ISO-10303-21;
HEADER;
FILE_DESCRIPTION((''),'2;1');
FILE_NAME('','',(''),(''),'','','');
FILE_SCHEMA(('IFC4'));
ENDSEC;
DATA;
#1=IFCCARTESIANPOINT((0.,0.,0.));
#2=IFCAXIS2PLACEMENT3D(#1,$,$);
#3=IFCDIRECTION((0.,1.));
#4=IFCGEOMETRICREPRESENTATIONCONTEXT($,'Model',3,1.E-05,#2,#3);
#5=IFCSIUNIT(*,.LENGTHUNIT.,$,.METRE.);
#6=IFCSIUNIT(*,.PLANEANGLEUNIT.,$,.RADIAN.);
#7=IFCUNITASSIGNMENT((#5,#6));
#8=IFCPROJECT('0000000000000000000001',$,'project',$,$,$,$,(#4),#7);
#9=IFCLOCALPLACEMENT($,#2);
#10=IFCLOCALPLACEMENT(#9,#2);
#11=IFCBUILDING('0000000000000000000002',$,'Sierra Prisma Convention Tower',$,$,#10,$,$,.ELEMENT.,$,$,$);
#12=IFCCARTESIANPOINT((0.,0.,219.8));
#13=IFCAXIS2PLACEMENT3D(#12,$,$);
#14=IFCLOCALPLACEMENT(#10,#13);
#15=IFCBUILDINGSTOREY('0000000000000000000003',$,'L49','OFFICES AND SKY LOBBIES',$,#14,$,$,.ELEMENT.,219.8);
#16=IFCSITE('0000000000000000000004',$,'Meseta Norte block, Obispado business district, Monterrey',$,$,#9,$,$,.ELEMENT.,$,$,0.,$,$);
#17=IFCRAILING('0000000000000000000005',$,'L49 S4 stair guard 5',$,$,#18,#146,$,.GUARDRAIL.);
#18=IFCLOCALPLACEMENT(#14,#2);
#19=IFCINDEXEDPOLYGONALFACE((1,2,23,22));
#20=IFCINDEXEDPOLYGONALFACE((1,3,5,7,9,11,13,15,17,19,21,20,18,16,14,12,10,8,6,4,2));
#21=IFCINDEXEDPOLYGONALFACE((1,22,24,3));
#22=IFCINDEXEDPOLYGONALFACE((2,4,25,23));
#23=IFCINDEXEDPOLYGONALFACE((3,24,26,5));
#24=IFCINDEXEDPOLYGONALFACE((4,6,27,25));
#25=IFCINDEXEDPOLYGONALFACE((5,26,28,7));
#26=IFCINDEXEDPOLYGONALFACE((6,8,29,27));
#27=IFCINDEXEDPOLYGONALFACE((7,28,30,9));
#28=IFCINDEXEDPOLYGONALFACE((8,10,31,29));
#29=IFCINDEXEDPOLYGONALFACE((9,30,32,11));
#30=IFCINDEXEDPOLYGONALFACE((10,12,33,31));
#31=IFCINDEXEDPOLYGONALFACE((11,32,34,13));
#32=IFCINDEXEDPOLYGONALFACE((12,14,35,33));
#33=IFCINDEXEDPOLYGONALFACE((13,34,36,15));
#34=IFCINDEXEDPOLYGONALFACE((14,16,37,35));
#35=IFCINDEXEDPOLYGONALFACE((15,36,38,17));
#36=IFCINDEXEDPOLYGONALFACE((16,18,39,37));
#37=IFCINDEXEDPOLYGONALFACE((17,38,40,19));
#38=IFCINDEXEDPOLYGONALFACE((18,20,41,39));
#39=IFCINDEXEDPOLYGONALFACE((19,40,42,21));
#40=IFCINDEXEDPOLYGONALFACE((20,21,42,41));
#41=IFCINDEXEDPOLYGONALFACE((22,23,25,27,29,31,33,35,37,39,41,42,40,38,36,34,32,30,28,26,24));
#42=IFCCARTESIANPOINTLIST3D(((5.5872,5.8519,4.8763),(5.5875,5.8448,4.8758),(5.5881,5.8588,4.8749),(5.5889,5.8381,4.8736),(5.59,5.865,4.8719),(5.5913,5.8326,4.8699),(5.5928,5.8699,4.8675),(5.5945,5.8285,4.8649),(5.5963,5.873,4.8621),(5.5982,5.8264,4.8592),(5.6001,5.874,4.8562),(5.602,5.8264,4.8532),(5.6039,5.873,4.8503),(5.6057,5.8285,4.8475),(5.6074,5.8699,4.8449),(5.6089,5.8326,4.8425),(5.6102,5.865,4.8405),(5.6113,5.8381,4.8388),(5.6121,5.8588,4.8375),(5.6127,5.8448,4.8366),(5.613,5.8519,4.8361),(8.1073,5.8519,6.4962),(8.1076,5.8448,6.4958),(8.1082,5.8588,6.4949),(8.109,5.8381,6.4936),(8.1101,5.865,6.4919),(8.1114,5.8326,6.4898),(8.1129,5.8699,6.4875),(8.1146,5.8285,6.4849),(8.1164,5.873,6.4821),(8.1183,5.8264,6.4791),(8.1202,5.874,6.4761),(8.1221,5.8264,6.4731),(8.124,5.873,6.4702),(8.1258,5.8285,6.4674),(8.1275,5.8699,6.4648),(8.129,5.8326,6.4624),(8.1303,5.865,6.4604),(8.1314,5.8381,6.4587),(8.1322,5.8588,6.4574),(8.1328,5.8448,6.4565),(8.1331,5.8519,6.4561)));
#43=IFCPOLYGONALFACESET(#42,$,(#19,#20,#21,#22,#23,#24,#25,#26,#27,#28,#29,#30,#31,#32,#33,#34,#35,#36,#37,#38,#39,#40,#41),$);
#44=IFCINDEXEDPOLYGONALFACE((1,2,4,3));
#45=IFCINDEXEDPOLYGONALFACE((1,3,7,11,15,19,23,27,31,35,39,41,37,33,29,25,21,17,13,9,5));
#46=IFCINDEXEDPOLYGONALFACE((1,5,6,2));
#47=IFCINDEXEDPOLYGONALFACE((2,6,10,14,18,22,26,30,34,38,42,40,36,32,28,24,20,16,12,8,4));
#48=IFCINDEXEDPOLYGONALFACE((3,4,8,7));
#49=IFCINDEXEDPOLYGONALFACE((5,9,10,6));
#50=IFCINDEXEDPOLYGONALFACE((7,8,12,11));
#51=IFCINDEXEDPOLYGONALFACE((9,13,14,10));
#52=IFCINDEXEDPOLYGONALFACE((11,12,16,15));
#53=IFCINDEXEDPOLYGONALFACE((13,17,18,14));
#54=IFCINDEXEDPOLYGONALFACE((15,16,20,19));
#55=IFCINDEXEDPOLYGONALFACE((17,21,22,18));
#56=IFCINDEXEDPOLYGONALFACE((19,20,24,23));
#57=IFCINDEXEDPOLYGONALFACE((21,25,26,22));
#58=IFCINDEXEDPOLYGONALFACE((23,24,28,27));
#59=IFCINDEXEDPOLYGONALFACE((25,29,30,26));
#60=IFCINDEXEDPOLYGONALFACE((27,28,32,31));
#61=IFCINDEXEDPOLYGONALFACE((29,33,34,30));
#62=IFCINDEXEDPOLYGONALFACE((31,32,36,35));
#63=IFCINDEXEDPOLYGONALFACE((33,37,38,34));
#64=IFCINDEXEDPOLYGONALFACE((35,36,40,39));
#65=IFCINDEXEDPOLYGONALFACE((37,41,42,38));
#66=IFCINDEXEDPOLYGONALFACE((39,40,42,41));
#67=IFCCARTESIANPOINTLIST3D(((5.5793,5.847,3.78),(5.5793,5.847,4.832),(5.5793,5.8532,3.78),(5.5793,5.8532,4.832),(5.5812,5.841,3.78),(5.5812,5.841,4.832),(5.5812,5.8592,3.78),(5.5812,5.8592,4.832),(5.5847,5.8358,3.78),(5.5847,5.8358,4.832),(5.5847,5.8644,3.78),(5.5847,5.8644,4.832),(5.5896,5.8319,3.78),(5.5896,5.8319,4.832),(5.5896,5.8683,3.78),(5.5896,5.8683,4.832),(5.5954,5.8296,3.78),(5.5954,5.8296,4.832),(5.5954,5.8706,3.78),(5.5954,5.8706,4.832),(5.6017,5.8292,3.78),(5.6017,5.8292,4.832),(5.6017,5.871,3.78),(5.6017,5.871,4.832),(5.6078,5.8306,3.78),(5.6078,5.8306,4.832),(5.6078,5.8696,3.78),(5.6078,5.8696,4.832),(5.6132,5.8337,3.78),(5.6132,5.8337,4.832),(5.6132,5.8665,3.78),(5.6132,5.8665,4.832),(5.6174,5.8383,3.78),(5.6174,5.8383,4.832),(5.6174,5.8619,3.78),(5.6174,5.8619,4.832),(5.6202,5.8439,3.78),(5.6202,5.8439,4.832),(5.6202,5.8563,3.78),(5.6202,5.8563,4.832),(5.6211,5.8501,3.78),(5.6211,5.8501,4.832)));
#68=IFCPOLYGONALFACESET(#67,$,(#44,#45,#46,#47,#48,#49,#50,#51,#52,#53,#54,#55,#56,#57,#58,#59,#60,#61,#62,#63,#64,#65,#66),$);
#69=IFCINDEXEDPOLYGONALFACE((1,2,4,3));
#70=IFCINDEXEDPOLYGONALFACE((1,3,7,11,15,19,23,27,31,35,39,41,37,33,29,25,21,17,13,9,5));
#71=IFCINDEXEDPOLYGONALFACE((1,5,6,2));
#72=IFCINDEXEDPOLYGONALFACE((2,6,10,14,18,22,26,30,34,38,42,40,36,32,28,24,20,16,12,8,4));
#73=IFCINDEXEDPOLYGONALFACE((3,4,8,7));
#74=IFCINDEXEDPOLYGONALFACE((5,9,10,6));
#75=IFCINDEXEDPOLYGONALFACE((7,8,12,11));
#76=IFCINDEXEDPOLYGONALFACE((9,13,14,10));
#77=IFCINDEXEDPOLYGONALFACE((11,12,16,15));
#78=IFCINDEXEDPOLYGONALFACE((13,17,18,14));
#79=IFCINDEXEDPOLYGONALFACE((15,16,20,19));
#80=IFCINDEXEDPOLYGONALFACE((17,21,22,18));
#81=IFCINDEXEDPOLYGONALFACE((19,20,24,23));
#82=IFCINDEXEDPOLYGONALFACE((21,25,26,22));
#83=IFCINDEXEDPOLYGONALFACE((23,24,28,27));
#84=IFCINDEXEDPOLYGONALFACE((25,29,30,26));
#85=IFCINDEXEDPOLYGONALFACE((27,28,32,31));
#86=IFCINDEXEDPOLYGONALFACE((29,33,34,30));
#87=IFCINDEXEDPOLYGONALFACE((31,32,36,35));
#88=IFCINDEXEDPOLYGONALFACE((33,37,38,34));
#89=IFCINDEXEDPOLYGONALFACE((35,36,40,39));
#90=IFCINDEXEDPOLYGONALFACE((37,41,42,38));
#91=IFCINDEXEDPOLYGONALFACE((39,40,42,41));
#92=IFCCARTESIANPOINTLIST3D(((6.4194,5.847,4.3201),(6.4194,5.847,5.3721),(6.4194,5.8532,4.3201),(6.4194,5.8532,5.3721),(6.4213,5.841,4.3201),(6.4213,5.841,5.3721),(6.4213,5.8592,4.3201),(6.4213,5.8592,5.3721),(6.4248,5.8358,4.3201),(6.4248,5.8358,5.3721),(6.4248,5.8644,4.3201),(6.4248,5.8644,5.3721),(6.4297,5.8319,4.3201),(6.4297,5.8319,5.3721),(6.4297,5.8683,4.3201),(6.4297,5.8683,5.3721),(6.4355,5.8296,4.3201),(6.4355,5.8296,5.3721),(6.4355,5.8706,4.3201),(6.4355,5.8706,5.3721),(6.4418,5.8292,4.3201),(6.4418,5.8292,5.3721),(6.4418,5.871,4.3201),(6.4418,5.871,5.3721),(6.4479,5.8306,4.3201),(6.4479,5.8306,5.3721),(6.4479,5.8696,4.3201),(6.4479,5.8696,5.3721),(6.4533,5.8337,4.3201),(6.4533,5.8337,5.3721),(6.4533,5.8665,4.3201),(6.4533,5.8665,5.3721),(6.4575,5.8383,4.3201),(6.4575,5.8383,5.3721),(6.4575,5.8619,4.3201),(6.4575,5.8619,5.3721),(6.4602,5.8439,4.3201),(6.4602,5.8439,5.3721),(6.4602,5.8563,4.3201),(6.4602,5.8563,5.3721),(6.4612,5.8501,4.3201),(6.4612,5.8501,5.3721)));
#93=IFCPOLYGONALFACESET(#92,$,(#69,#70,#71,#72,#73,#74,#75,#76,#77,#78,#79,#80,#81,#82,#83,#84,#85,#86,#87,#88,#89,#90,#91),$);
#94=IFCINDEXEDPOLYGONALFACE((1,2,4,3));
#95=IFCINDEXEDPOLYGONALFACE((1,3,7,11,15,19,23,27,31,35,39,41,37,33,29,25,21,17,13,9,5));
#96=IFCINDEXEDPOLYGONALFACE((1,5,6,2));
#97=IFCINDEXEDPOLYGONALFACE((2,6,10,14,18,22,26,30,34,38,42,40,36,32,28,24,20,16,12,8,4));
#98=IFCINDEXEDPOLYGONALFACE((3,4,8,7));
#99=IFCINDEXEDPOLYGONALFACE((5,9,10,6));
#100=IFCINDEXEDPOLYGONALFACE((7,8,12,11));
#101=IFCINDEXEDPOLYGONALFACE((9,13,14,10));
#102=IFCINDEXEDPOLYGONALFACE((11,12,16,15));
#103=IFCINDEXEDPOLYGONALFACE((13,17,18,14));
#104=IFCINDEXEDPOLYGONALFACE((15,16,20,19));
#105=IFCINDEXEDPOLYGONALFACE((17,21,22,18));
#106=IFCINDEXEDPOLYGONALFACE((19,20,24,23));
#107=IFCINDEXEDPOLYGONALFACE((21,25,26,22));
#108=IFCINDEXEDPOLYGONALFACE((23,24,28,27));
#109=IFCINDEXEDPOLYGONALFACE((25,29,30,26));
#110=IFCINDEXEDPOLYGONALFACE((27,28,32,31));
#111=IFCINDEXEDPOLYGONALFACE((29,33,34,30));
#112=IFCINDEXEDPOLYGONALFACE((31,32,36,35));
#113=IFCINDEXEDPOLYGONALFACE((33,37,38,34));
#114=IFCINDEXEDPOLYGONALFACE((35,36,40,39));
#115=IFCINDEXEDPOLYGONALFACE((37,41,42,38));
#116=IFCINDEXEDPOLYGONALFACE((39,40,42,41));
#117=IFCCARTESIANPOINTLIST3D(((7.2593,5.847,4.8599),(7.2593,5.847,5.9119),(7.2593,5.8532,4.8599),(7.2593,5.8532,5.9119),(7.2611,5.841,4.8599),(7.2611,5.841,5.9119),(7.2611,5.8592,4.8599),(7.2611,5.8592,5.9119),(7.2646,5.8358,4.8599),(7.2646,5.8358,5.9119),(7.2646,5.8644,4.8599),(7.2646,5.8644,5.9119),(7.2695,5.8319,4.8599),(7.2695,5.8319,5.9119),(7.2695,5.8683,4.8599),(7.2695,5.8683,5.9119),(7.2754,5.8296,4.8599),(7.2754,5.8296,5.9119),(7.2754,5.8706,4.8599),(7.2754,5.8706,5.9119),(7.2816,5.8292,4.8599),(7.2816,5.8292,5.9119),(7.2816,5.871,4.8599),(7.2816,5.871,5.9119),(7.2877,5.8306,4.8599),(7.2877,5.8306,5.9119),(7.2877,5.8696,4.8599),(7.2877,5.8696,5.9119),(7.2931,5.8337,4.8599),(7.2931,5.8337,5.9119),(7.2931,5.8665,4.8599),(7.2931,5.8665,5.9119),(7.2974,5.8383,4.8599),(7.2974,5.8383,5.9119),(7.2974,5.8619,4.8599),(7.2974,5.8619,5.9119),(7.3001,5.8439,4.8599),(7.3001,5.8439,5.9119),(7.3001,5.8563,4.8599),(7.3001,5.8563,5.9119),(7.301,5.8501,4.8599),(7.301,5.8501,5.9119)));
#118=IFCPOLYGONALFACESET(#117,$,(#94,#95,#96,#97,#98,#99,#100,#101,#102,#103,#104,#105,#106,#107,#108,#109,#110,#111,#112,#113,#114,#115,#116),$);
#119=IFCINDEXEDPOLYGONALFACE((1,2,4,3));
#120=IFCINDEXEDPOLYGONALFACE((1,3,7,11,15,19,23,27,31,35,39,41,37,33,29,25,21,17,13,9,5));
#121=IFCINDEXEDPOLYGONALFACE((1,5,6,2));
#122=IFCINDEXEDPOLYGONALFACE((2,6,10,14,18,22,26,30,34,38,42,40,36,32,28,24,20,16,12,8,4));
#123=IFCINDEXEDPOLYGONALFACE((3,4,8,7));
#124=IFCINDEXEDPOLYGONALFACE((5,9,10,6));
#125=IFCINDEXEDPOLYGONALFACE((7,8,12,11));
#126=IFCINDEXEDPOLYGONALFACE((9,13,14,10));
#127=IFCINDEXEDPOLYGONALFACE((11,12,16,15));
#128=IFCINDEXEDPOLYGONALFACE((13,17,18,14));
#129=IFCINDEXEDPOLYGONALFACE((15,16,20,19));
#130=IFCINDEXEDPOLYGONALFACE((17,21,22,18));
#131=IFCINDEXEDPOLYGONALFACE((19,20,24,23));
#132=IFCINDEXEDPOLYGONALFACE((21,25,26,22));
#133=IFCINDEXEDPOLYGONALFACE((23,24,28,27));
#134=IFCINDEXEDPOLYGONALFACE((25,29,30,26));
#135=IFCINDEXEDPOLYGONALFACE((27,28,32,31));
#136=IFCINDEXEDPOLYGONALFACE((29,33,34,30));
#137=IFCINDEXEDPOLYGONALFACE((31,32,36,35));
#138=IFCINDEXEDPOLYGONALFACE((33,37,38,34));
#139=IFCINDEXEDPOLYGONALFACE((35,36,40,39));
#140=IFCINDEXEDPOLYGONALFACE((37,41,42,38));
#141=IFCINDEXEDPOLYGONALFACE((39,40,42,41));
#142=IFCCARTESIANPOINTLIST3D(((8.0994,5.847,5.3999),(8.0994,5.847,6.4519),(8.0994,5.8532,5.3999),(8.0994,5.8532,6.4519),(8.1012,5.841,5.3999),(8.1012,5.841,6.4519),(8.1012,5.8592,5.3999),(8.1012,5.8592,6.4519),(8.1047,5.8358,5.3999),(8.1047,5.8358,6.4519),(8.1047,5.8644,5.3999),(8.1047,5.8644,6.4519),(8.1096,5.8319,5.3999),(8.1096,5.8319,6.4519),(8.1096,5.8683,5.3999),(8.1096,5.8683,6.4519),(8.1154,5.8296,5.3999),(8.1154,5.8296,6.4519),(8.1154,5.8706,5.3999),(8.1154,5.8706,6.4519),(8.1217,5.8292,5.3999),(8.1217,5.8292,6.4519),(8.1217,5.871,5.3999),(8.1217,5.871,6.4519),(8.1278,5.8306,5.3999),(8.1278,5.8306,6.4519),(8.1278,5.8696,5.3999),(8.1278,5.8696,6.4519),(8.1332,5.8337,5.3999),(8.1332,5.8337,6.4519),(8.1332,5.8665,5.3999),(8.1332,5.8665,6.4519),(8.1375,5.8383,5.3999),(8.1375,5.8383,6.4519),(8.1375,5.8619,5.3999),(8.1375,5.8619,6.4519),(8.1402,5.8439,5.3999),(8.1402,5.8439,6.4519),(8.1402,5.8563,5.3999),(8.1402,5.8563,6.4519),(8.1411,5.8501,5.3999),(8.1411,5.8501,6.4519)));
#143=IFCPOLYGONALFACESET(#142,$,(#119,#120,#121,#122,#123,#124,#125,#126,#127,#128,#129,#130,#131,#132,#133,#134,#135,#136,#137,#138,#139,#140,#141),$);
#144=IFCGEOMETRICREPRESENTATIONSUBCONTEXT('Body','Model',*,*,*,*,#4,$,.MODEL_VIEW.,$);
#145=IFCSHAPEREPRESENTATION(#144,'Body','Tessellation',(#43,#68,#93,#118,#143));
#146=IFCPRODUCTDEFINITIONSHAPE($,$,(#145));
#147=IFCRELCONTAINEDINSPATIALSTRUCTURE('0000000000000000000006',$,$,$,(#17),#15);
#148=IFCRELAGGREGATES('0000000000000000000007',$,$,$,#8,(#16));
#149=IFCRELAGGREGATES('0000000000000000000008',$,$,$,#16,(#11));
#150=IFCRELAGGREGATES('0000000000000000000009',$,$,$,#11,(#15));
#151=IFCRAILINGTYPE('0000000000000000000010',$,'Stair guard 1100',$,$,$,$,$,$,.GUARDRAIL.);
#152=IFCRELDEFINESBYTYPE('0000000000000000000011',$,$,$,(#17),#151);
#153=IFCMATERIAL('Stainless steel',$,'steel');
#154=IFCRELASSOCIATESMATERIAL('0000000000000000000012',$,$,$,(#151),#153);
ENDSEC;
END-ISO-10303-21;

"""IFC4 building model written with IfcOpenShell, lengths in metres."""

from ifc_helpers import new_model, si_unit, direction, frame, origin, origin_2d, place, context, subcontext, project, spatial, circle, extrude, material, type_object, element, save


model = new_model("IFC4")

# Units and contexts
model_context = context("Model", 3, precision=1e-05, world=origin(), true_north=direction((0.0, 1.0)))
body_context = subcontext(model_context, "Body", "Model", "MODEL_VIEW")
ifc_project = project(units=[si_unit("LENGTHUNIT", "METRE"), si_unit("PLANEANGLEUNIT", "RADIAN")], contexts=[model_context])

# Site, building, storey
site_placement = place(None, origin())
site = spatial("IfcSite", under=ifc_project, at=site_placement, Name="Meseta Norte block, Obispado business district, Monterrey", CompositionType="ELEMENT", RefElevation=0.0)
building_placement = place(site_placement, origin())
building = spatial("IfcBuilding", under=site, at=building_placement, Name="Sierra Prisma Convention Tower", CompositionType="ELEMENT")
storey_placement = place(building_placement, frame((0.0, 0.0, 219.8)))
storey = spatial("IfcBuildingStorey", under=building, at=storey_placement, Name="L49", Description="OFFICES AND SKY LOBBIES", CompositionType="ELEMENT", Elevation=219.8)

# Railing
ifc_material_1 = material(Name="Stainless steel", Category="steel")
railing_type_1 = type_object("IfcRailingType", Name="Stair guard 1100", PredefinedType="GUARDRAIL", material=ifc_material_1)
railing_1_placement = place(storey_placement, frame((5.6001, 5.8501, 3.78)))
element("IfcRailing", 1, at=railing_1_placement, inside=storey, type_object=railing_type_1, Name="L49 S4 stair guard 5", PredefinedType="GUARDRAIL", context=body_context, shape_type="SweptSolid", body=[
    extrude(circle(Radius=0.0239, at=origin_2d()), frame((0.0, 0.0, 1.0762), z_axis=(0.8412, 0.0, 0.540725), x_axis=(0.0, 1.0, 0.0)), (0.0, 0.0, 1.0), 2.9958),
    extrude(circle(Radius=0.021, at=origin_2d()), origin(), (0.0, 0.0, 1.0), 1.052),
    extrude(circle(Radius=0.021, at=origin_2d()), frame((0.8401, 0.0, 0.54)), (0.0, 0.0, 1.0), 1.052),
    extrude(circle(Radius=0.021, at=origin_2d()), frame((1.6799, 0.0, 1.0798)), (0.0, 0.0, 1.0), 1.052),
    extrude(circle(Radius=0.021, at=origin_2d()), frame((2.52, 0.0, 1.6199)), (0.0, 0.0, 1.0), 1.052),
])

save(model, "model.ifc")
